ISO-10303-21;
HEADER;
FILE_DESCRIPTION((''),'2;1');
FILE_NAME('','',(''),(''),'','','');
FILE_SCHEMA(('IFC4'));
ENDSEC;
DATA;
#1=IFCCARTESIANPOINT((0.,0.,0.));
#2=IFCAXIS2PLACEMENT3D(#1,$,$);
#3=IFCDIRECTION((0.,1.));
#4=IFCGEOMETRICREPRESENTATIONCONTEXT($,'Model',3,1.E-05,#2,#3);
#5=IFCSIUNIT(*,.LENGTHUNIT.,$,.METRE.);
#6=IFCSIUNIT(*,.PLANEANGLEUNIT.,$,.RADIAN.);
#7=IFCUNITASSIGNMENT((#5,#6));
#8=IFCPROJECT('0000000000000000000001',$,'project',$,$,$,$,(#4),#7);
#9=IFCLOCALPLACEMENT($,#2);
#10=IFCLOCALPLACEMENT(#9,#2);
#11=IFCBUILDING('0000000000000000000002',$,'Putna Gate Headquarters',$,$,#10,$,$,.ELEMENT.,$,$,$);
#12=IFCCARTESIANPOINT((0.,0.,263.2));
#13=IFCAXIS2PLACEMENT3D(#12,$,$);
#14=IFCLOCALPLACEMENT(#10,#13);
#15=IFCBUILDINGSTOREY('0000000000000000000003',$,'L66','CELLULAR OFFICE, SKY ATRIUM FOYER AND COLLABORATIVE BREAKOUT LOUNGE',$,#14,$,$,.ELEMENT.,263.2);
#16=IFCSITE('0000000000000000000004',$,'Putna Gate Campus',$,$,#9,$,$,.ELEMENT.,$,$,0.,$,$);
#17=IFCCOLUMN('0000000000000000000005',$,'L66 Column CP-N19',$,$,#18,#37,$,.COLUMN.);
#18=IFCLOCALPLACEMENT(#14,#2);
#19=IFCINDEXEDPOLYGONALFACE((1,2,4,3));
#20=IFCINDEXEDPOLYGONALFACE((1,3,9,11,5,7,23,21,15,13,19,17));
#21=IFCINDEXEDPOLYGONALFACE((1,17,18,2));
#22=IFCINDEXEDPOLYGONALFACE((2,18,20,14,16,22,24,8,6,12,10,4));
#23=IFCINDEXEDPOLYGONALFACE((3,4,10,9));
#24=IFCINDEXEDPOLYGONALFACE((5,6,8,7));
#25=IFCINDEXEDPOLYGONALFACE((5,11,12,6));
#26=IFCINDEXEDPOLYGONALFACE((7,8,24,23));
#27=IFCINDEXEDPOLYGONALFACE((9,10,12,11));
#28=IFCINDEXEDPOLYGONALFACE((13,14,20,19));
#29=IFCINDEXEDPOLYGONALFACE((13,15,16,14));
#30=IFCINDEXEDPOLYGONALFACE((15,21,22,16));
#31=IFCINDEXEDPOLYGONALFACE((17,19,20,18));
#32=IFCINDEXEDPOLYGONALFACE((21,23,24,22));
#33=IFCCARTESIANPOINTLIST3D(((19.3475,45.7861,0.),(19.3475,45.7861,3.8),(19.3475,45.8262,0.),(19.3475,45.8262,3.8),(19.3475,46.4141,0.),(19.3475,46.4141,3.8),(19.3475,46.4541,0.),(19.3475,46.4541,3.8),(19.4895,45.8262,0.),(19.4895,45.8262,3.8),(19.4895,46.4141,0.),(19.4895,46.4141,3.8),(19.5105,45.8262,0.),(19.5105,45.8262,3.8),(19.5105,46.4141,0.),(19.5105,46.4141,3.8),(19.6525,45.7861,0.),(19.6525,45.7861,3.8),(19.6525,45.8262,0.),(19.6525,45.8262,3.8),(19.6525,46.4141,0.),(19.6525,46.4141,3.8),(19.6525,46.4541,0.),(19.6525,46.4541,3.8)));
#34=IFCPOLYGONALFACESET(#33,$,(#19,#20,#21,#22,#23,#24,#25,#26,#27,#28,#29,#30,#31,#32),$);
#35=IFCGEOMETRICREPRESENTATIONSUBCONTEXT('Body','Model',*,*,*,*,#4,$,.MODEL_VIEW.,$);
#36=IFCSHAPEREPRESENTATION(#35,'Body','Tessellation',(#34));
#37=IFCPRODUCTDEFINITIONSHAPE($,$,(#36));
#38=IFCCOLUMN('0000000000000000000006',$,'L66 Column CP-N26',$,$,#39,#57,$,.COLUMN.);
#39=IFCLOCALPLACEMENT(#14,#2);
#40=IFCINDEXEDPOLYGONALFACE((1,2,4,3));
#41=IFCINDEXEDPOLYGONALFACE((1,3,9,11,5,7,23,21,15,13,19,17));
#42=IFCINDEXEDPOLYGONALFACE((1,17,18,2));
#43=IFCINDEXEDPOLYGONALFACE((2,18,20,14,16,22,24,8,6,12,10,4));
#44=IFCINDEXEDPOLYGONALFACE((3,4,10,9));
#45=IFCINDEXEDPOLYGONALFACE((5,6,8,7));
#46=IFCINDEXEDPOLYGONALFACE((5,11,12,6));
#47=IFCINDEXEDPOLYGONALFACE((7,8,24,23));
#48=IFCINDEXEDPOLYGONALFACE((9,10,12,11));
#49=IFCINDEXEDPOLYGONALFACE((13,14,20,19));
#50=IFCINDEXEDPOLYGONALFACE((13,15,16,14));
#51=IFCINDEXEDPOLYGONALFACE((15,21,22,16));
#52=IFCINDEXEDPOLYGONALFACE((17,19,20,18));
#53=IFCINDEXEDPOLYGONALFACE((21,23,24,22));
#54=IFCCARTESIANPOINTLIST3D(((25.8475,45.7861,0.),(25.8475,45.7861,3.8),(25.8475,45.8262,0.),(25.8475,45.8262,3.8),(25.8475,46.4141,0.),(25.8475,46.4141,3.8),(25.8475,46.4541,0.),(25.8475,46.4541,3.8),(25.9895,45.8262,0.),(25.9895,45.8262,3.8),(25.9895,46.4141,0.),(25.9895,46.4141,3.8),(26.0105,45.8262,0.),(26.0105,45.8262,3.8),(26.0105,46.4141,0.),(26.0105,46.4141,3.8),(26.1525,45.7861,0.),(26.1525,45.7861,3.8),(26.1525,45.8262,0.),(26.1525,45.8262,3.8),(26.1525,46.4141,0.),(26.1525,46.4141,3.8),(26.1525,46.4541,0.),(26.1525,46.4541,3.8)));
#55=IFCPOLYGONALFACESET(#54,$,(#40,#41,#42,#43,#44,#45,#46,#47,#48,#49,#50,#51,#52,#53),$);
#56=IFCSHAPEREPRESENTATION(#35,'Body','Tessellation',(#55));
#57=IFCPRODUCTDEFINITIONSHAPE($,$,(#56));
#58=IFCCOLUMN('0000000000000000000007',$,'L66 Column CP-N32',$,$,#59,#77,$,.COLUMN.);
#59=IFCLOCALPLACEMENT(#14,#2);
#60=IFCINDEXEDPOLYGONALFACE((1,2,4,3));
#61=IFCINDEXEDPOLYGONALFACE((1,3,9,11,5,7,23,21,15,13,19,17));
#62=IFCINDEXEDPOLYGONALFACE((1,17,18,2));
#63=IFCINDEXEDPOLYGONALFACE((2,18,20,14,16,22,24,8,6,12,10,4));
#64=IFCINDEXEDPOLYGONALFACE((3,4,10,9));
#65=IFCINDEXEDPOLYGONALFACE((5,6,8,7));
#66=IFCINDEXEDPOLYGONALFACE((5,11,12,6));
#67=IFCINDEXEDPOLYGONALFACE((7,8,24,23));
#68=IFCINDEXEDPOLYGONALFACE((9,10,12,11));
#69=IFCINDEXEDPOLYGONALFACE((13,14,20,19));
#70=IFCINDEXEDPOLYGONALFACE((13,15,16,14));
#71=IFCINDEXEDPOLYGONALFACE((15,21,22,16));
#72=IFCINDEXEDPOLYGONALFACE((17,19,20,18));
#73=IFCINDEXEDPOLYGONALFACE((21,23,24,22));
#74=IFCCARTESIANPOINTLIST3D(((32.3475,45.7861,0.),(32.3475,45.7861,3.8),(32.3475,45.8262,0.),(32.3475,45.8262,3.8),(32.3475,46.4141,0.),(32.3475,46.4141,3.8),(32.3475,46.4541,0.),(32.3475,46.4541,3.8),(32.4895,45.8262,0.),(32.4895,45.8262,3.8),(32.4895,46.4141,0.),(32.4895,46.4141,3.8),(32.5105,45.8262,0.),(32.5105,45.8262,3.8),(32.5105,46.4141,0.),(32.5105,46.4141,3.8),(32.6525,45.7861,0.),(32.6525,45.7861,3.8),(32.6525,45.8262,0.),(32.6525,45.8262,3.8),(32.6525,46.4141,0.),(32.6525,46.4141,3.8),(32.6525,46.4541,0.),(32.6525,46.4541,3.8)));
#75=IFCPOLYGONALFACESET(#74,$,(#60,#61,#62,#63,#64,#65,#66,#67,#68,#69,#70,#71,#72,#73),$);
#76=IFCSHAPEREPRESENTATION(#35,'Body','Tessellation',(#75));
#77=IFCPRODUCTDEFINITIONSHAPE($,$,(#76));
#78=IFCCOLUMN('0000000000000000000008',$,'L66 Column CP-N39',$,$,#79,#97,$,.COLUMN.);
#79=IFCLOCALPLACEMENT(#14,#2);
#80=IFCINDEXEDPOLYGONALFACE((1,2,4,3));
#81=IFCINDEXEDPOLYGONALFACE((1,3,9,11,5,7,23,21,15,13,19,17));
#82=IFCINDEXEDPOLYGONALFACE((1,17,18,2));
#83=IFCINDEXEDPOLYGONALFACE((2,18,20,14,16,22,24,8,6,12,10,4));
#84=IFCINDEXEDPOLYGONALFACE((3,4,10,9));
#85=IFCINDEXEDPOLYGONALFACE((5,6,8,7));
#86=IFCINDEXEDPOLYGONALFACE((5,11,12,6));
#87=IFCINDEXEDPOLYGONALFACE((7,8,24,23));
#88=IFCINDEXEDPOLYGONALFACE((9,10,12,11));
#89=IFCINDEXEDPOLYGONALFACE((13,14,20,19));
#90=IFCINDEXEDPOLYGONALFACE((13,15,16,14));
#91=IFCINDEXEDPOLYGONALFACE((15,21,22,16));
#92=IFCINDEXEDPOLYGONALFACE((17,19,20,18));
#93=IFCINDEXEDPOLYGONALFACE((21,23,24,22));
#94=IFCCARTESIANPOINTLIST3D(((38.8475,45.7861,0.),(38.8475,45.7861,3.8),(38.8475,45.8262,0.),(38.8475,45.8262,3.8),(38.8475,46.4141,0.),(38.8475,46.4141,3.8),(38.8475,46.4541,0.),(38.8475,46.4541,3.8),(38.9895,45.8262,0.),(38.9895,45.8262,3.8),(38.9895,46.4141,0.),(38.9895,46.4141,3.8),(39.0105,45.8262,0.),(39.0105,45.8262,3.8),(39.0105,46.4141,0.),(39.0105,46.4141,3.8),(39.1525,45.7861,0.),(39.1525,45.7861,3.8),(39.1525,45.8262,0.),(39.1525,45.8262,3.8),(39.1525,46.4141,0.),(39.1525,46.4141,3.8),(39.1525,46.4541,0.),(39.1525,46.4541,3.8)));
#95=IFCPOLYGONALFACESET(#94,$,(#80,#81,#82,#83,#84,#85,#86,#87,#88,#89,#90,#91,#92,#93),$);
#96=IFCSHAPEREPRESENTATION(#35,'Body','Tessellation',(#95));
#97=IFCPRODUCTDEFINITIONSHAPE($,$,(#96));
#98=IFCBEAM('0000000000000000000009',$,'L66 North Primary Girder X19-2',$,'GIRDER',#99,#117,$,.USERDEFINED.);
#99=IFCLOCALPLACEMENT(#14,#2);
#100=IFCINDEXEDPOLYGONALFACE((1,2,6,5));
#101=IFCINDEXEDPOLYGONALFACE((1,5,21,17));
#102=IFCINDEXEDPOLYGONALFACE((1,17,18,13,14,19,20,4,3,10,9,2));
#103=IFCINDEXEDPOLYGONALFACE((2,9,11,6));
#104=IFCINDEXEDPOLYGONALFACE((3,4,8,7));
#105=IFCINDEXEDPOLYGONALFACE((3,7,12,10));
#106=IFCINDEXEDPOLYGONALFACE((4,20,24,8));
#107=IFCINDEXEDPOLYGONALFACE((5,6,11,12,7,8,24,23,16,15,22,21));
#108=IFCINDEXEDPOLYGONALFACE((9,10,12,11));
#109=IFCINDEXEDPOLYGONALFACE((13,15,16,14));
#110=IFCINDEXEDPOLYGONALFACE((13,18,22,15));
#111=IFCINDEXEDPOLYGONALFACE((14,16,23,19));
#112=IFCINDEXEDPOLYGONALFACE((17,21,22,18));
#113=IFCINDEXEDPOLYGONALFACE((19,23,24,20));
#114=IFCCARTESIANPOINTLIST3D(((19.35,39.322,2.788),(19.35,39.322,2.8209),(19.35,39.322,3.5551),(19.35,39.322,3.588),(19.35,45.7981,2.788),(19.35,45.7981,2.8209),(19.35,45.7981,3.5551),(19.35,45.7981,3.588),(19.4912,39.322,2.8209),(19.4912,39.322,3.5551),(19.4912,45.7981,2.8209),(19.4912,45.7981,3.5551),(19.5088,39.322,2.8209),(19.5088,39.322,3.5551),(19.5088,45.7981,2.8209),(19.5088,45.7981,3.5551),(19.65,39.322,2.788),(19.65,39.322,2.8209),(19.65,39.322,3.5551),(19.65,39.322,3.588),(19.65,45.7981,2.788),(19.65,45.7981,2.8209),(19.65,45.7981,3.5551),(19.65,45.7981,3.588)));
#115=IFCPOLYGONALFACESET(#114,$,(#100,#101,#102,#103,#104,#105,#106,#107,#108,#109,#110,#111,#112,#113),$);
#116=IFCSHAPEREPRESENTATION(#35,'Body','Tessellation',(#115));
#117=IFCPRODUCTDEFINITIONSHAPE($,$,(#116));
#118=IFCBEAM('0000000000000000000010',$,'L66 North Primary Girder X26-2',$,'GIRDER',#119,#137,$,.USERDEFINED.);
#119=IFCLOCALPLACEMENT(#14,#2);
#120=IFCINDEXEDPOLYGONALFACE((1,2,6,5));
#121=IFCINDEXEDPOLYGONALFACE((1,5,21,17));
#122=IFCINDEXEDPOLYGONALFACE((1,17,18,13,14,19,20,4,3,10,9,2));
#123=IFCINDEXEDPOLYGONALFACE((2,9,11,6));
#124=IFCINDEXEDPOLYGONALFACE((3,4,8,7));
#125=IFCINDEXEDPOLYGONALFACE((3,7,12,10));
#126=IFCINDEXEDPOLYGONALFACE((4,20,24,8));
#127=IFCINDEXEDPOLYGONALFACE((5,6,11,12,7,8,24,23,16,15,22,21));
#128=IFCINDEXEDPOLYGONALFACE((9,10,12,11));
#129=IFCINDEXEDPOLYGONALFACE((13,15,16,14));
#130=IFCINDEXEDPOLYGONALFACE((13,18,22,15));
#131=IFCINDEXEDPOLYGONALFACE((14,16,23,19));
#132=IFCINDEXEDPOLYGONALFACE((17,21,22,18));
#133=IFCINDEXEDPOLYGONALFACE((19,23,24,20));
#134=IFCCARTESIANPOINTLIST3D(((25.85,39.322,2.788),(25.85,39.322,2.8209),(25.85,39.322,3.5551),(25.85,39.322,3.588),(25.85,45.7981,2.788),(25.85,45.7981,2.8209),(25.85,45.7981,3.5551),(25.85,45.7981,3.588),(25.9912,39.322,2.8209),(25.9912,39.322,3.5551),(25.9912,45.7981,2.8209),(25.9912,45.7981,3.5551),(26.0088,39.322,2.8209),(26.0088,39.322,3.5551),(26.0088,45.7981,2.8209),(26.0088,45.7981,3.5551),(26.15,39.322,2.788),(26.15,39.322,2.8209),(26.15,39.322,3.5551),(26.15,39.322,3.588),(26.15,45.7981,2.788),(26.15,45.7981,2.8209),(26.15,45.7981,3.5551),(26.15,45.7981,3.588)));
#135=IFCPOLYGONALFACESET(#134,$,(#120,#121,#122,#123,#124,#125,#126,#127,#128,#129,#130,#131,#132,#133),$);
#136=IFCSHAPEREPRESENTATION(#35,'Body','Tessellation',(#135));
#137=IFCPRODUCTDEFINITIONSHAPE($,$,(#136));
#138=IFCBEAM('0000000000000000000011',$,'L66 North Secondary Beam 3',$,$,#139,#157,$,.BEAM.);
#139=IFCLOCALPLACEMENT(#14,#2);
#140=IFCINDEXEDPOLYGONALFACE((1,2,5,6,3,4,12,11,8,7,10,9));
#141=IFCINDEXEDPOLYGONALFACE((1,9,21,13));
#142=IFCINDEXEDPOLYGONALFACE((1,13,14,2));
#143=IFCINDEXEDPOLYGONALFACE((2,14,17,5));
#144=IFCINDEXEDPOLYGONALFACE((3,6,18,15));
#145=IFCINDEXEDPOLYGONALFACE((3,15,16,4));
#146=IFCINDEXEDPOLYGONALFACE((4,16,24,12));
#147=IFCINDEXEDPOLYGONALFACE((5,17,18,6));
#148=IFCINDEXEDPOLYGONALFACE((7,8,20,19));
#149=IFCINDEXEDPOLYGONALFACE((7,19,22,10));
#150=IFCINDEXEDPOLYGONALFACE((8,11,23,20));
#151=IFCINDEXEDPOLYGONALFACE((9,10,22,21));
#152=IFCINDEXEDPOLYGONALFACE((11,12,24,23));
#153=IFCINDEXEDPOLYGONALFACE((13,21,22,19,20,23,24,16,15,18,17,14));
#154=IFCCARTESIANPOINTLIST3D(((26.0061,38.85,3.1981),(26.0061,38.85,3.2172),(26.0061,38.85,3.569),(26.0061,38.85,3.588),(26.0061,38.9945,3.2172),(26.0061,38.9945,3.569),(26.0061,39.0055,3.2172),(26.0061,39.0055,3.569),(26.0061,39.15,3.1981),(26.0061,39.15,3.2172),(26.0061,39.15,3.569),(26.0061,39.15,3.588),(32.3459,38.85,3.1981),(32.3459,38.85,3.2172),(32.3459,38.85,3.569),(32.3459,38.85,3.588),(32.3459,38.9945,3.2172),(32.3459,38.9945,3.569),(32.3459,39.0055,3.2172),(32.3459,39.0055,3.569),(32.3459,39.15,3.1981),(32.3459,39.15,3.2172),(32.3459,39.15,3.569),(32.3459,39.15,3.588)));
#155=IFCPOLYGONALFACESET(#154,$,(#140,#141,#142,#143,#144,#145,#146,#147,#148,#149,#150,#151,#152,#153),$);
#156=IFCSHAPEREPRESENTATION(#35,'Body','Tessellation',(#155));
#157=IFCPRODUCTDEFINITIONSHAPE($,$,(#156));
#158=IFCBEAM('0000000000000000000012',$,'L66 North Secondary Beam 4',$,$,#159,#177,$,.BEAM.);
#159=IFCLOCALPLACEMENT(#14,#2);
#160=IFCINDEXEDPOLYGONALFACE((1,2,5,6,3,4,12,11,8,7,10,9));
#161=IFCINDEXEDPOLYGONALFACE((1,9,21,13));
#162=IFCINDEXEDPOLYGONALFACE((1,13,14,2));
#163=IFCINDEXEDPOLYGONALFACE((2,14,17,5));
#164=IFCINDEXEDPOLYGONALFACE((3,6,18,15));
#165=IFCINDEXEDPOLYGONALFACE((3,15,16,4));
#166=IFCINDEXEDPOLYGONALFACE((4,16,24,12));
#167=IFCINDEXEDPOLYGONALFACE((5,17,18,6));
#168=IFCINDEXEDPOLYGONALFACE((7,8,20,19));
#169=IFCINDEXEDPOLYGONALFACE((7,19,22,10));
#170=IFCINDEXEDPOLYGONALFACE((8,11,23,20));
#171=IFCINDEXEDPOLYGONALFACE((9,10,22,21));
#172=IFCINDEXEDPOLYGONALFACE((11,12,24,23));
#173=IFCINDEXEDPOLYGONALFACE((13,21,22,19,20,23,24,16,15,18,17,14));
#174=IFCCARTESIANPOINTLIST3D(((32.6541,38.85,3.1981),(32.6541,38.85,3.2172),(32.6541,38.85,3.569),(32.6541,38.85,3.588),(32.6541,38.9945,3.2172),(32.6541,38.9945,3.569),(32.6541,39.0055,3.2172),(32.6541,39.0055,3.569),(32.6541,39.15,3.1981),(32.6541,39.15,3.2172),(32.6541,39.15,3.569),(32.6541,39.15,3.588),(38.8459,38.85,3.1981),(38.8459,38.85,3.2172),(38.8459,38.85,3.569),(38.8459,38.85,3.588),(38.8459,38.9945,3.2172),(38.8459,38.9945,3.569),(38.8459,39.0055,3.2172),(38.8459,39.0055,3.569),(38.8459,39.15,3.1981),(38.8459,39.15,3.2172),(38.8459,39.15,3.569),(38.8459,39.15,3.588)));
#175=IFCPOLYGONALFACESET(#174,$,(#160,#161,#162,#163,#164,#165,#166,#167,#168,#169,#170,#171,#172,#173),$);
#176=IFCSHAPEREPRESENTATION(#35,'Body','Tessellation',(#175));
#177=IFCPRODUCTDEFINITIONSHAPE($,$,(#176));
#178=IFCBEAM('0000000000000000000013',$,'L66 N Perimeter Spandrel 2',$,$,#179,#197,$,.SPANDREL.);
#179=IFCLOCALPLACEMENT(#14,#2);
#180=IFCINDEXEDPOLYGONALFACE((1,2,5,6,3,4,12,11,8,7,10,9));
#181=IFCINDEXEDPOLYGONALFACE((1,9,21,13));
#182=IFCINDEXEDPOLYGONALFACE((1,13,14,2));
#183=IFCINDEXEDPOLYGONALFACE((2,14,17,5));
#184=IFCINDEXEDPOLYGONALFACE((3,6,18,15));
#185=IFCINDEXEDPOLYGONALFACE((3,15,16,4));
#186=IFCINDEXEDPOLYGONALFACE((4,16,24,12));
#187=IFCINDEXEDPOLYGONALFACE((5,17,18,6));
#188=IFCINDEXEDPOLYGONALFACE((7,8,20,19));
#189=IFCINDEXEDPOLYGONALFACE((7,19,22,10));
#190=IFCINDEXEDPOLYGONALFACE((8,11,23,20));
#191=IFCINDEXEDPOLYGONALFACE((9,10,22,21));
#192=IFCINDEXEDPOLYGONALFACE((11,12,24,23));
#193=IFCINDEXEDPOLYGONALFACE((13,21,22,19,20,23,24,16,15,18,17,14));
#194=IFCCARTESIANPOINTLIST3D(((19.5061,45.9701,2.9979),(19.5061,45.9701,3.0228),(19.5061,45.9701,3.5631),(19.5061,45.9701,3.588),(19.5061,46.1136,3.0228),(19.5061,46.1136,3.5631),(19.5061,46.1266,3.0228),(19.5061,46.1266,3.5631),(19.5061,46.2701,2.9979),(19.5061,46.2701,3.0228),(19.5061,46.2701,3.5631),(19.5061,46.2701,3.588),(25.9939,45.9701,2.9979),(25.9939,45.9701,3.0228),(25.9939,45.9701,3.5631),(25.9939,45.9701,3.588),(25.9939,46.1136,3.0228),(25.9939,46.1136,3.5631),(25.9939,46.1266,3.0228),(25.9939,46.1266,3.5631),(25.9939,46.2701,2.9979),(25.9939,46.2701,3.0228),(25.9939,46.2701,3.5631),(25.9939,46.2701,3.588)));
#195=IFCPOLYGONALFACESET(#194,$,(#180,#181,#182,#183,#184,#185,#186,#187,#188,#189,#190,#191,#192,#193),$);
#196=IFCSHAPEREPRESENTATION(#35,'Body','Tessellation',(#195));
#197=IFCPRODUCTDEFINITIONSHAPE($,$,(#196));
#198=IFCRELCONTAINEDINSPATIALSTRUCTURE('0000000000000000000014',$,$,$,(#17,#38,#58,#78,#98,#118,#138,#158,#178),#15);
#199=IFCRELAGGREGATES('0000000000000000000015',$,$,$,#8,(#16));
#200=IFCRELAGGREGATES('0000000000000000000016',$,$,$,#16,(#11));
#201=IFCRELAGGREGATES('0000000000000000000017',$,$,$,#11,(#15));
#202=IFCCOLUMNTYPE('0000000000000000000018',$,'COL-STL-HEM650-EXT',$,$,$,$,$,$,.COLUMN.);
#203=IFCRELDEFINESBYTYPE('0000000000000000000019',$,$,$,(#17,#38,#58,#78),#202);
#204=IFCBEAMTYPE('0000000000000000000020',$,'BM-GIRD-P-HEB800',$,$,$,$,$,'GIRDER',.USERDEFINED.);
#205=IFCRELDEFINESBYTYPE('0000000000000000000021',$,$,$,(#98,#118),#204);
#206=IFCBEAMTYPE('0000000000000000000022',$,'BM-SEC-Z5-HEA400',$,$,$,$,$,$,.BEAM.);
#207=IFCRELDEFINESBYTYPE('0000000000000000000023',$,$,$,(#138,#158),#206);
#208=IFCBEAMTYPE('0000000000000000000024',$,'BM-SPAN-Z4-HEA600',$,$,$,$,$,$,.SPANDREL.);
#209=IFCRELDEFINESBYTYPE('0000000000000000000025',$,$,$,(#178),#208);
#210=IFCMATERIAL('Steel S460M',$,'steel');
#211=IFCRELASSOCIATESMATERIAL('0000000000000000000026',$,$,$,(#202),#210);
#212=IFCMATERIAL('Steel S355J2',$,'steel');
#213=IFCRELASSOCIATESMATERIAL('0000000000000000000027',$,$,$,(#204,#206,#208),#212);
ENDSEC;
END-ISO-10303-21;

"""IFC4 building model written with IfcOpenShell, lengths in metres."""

from ifc_helpers import new_model, si_unit, direction, frame, origin, origin_2d, place, context, subcontext, project, spatial, i_section, extrude, material, material_profile, profile_set, type_object, element, save


model = new_model("IFC4")

# Units and contexts
model_context = context("Model", 3, precision=1e-05, world=origin(), true_north=direction((0.0, 1.0)))
body_context = subcontext(model_context, "Body", "Model", "MODEL_VIEW")
ifc_project = project(units=[si_unit("LENGTHUNIT", "METRE"), si_unit("PLANEANGLEUNIT", "RADIAN")], contexts=[model_context])

# Site, building, storey
site_placement = place(None, origin())
site = spatial("IfcSite", under=ifc_project, at=site_placement, Name="Putna Gate Campus", CompositionType="ELEMENT", RefElevation=0.0)
building_placement = place(site_placement, origin())
building = spatial("IfcBuilding", under=site, at=building_placement, Name="Putna Gate Headquarters", CompositionType="ELEMENT")
storey_placement = place(building_placement, frame((0.0, 0.0, 263.2)))
storey = spatial("IfcBuildingStorey", under=building, at=storey_placement, Name="L66", Description="CELLULAR OFFICE, SKY ATRIUM FOYER AND COLLABORATIVE BREAKOUT LOUNGE", CompositionType="ELEMENT", Elevation=263.2)

# Columns
ifc_material_1 = material(Name="Steel S460M", Category="steel")
ifc_material_profile_1 = material_profile(ifc_material_1, i_section(OverallWidth=0.3049, OverallDepth=0.668, WebThickness=0.021, FlangeThickness=0.04, at=origin_2d()), Name="Steel S460M")
ifc_profile_set_1 = profile_set([ifc_material_profile_1], Name="Steel S460M")
column_type = type_object("IfcColumnType", Name="COL-STL-HEM650-EXT", PredefinedType="COLUMN", material=ifc_profile_set_1)
for number, where, z_axis, x_axis, name in (
    (1, (19.5, 46.1201, 0.0), (0.0, 0.0, 1.0), (1.0, 0.0, 0.0), "L66 Column CP-N19"),
    (2, (26.0, 46.1201, 0.0), (0.0, 0.0, 1.0), (1.0, 0.0, 0.0), "L66 Column CP-N26"),
    (3, (32.5, 46.1201, 0.0), (0.0, 0.0, 1.0), (1.0, 0.0, 0.0), "L66 Column CP-N32"),
    (4, (39.0, 46.1201, 0.0), (0.0, 0.0, 1.0), (1.0, 0.0, 0.0), "L66 Column CP-N39"),
):
    element("IfcColumn", number, at=place(storey_placement, frame(where, z_axis=z_axis, x_axis=x_axis)), inside=storey, type_object=column_type, Name=name, PredefinedType="COLUMN", context=body_context, shape_type="SweptSolid", body=[
        extrude(i_section(OverallWidth=0.3049, OverallDepth=0.668, WebThickness=0.021, FlangeThickness=0.04, at=origin_2d()), origin(), (0.0, 0.0, 1.0), 3.8),
    ])

# Beams
ifc_material_2 = material(Name="Steel S355J2", Category="steel")
ifc_material_profile_2 = material_profile(ifc_material_2, i_section(OverallWidth=0.3, OverallDepth=0.8, WebThickness=0.0176, FlangeThickness=0.033, at=origin_2d()), Name="Steel S355J2")
ifc_profile_set_2 = profile_set([ifc_material_profile_2], Name="Steel S355J2")
beam_type_1 = type_object("IfcBeamType", Name="BM-GIRD-P-HEB800", ElementType="GIRDER", PredefinedType="USERDEFINED", material=ifc_profile_set_2)
for number, where, z_axis, x_axis, name in (
    (5, (19.5, 39.322, 3.188), (0.0, 1.0, 0.0), (-1.0, 0.0, 0.0), "L66 North Primary Girder X19-2"),
    (6, (26.0, 39.322, 3.188), (0.0, 1.0, 0.0), (-1.0, 0.0, 0.0), "L66 North Primary Girder X26-2"),
):
    element("IfcBeam", number, at=place(storey_placement, frame(where, z_axis=z_axis, x_axis=x_axis)), inside=storey, type_object=beam_type_1, Name=name, ObjectType="GIRDER", PredefinedType="USERDEFINED", context=body_context, shape_type="SweptSolid", body=[
        extrude(i_section(OverallWidth=0.3, OverallDepth=0.8, WebThickness=0.0176, FlangeThickness=0.033, at=origin_2d()), origin(), (0.0, 0.0, 1.0), 6.4761),
    ])
ifc_material_profile_3 = material_profile(ifc_material_2, i_section(OverallWidth=0.3, OverallDepth=0.3899, WebThickness=0.011, FlangeThickness=0.019, at=origin_2d()), Name="Steel S355J2")
ifc_profile_set_3 = profile_set([ifc_material_profile_3], Name="Steel S355J2")
beam_type_2 = type_object("IfcBeamType", Name="BM-SEC-Z5-HEA400", PredefinedType="BEAM", material=ifc_profile_set_3)
beam_1_placement = place(storey_placement, frame((26.0061, 39.0, 3.3931), z_axis=(1.0, 0.0, 0.0), x_axis=(0.0, 1.0, 0.0)))
element("IfcBeam", 7, at=beam_1_placement, inside=storey, type_object=beam_type_2, Name="L66 North Secondary Beam 3", PredefinedType="BEAM", context=body_context, shape_type="SweptSolid", body=[
    extrude(i_section(OverallWidth=0.3, OverallDepth=0.3899, WebThickness=0.011, FlangeThickness=0.019, at=origin_2d()), origin(), (0.0, 0.0, 1.0), 6.3398),
])
beam_2_placement = place(storey_placement, frame((32.6541, 39.0, 3.3931), z_axis=(1.0, 0.0, 0.0), x_axis=(0.0, 1.0, 0.0)))
element("IfcBeam", 8, at=beam_2_placement, inside=storey, type_object=beam_type_2, Name="L66 North Secondary Beam 4", PredefinedType="BEAM", context=body_context, shape_type="SweptSolid", body=[
    extrude(i_section(OverallWidth=0.3, OverallDepth=0.3899, WebThickness=0.011, FlangeThickness=0.019, at=origin_2d()), origin(), (0.0, 0.0, 1.0), 6.1919),
])
ifc_material_profile_4 = material_profile(ifc_material_2, i_section(OverallWidth=0.3, OverallDepth=0.5901, WebThickness=0.0129, FlangeThickness=0.0249, at=origin_2d()), Name="Steel S355J2")
ifc_profile_set_4 = profile_set([ifc_material_profile_4], Name="Steel S355J2")
beam_type_3 = type_object("IfcBeamType", Name="BM-SPAN-Z4-HEA600", PredefinedType="SPANDREL", material=ifc_profile_set_4)
for number, where, z_axis, x_axis, name in (
    (9, (19.5061, 46.1201, 3.293), (1.0, 0.0, 0.0), (0.0, 1.0, 0.0), "L66 N Perimeter Spandrel 2"),
):
    element("IfcBeam", number, at=place(storey_placement, frame(where, z_axis=z_axis, x_axis=x_axis)), inside=storey, type_object=beam_type_3, Name=name, PredefinedType="SPANDREL", context=body_context, shape_type="SweptSolid", body=[
        extrude(i_section(OverallWidth=0.3, OverallDepth=0.5901, WebThickness=0.0129, FlangeThickness=0.0249, at=origin_2d()), origin(), (0.0, 0.0, 1.0), 6.4878),
    ])

save(model, "model.ifc")
